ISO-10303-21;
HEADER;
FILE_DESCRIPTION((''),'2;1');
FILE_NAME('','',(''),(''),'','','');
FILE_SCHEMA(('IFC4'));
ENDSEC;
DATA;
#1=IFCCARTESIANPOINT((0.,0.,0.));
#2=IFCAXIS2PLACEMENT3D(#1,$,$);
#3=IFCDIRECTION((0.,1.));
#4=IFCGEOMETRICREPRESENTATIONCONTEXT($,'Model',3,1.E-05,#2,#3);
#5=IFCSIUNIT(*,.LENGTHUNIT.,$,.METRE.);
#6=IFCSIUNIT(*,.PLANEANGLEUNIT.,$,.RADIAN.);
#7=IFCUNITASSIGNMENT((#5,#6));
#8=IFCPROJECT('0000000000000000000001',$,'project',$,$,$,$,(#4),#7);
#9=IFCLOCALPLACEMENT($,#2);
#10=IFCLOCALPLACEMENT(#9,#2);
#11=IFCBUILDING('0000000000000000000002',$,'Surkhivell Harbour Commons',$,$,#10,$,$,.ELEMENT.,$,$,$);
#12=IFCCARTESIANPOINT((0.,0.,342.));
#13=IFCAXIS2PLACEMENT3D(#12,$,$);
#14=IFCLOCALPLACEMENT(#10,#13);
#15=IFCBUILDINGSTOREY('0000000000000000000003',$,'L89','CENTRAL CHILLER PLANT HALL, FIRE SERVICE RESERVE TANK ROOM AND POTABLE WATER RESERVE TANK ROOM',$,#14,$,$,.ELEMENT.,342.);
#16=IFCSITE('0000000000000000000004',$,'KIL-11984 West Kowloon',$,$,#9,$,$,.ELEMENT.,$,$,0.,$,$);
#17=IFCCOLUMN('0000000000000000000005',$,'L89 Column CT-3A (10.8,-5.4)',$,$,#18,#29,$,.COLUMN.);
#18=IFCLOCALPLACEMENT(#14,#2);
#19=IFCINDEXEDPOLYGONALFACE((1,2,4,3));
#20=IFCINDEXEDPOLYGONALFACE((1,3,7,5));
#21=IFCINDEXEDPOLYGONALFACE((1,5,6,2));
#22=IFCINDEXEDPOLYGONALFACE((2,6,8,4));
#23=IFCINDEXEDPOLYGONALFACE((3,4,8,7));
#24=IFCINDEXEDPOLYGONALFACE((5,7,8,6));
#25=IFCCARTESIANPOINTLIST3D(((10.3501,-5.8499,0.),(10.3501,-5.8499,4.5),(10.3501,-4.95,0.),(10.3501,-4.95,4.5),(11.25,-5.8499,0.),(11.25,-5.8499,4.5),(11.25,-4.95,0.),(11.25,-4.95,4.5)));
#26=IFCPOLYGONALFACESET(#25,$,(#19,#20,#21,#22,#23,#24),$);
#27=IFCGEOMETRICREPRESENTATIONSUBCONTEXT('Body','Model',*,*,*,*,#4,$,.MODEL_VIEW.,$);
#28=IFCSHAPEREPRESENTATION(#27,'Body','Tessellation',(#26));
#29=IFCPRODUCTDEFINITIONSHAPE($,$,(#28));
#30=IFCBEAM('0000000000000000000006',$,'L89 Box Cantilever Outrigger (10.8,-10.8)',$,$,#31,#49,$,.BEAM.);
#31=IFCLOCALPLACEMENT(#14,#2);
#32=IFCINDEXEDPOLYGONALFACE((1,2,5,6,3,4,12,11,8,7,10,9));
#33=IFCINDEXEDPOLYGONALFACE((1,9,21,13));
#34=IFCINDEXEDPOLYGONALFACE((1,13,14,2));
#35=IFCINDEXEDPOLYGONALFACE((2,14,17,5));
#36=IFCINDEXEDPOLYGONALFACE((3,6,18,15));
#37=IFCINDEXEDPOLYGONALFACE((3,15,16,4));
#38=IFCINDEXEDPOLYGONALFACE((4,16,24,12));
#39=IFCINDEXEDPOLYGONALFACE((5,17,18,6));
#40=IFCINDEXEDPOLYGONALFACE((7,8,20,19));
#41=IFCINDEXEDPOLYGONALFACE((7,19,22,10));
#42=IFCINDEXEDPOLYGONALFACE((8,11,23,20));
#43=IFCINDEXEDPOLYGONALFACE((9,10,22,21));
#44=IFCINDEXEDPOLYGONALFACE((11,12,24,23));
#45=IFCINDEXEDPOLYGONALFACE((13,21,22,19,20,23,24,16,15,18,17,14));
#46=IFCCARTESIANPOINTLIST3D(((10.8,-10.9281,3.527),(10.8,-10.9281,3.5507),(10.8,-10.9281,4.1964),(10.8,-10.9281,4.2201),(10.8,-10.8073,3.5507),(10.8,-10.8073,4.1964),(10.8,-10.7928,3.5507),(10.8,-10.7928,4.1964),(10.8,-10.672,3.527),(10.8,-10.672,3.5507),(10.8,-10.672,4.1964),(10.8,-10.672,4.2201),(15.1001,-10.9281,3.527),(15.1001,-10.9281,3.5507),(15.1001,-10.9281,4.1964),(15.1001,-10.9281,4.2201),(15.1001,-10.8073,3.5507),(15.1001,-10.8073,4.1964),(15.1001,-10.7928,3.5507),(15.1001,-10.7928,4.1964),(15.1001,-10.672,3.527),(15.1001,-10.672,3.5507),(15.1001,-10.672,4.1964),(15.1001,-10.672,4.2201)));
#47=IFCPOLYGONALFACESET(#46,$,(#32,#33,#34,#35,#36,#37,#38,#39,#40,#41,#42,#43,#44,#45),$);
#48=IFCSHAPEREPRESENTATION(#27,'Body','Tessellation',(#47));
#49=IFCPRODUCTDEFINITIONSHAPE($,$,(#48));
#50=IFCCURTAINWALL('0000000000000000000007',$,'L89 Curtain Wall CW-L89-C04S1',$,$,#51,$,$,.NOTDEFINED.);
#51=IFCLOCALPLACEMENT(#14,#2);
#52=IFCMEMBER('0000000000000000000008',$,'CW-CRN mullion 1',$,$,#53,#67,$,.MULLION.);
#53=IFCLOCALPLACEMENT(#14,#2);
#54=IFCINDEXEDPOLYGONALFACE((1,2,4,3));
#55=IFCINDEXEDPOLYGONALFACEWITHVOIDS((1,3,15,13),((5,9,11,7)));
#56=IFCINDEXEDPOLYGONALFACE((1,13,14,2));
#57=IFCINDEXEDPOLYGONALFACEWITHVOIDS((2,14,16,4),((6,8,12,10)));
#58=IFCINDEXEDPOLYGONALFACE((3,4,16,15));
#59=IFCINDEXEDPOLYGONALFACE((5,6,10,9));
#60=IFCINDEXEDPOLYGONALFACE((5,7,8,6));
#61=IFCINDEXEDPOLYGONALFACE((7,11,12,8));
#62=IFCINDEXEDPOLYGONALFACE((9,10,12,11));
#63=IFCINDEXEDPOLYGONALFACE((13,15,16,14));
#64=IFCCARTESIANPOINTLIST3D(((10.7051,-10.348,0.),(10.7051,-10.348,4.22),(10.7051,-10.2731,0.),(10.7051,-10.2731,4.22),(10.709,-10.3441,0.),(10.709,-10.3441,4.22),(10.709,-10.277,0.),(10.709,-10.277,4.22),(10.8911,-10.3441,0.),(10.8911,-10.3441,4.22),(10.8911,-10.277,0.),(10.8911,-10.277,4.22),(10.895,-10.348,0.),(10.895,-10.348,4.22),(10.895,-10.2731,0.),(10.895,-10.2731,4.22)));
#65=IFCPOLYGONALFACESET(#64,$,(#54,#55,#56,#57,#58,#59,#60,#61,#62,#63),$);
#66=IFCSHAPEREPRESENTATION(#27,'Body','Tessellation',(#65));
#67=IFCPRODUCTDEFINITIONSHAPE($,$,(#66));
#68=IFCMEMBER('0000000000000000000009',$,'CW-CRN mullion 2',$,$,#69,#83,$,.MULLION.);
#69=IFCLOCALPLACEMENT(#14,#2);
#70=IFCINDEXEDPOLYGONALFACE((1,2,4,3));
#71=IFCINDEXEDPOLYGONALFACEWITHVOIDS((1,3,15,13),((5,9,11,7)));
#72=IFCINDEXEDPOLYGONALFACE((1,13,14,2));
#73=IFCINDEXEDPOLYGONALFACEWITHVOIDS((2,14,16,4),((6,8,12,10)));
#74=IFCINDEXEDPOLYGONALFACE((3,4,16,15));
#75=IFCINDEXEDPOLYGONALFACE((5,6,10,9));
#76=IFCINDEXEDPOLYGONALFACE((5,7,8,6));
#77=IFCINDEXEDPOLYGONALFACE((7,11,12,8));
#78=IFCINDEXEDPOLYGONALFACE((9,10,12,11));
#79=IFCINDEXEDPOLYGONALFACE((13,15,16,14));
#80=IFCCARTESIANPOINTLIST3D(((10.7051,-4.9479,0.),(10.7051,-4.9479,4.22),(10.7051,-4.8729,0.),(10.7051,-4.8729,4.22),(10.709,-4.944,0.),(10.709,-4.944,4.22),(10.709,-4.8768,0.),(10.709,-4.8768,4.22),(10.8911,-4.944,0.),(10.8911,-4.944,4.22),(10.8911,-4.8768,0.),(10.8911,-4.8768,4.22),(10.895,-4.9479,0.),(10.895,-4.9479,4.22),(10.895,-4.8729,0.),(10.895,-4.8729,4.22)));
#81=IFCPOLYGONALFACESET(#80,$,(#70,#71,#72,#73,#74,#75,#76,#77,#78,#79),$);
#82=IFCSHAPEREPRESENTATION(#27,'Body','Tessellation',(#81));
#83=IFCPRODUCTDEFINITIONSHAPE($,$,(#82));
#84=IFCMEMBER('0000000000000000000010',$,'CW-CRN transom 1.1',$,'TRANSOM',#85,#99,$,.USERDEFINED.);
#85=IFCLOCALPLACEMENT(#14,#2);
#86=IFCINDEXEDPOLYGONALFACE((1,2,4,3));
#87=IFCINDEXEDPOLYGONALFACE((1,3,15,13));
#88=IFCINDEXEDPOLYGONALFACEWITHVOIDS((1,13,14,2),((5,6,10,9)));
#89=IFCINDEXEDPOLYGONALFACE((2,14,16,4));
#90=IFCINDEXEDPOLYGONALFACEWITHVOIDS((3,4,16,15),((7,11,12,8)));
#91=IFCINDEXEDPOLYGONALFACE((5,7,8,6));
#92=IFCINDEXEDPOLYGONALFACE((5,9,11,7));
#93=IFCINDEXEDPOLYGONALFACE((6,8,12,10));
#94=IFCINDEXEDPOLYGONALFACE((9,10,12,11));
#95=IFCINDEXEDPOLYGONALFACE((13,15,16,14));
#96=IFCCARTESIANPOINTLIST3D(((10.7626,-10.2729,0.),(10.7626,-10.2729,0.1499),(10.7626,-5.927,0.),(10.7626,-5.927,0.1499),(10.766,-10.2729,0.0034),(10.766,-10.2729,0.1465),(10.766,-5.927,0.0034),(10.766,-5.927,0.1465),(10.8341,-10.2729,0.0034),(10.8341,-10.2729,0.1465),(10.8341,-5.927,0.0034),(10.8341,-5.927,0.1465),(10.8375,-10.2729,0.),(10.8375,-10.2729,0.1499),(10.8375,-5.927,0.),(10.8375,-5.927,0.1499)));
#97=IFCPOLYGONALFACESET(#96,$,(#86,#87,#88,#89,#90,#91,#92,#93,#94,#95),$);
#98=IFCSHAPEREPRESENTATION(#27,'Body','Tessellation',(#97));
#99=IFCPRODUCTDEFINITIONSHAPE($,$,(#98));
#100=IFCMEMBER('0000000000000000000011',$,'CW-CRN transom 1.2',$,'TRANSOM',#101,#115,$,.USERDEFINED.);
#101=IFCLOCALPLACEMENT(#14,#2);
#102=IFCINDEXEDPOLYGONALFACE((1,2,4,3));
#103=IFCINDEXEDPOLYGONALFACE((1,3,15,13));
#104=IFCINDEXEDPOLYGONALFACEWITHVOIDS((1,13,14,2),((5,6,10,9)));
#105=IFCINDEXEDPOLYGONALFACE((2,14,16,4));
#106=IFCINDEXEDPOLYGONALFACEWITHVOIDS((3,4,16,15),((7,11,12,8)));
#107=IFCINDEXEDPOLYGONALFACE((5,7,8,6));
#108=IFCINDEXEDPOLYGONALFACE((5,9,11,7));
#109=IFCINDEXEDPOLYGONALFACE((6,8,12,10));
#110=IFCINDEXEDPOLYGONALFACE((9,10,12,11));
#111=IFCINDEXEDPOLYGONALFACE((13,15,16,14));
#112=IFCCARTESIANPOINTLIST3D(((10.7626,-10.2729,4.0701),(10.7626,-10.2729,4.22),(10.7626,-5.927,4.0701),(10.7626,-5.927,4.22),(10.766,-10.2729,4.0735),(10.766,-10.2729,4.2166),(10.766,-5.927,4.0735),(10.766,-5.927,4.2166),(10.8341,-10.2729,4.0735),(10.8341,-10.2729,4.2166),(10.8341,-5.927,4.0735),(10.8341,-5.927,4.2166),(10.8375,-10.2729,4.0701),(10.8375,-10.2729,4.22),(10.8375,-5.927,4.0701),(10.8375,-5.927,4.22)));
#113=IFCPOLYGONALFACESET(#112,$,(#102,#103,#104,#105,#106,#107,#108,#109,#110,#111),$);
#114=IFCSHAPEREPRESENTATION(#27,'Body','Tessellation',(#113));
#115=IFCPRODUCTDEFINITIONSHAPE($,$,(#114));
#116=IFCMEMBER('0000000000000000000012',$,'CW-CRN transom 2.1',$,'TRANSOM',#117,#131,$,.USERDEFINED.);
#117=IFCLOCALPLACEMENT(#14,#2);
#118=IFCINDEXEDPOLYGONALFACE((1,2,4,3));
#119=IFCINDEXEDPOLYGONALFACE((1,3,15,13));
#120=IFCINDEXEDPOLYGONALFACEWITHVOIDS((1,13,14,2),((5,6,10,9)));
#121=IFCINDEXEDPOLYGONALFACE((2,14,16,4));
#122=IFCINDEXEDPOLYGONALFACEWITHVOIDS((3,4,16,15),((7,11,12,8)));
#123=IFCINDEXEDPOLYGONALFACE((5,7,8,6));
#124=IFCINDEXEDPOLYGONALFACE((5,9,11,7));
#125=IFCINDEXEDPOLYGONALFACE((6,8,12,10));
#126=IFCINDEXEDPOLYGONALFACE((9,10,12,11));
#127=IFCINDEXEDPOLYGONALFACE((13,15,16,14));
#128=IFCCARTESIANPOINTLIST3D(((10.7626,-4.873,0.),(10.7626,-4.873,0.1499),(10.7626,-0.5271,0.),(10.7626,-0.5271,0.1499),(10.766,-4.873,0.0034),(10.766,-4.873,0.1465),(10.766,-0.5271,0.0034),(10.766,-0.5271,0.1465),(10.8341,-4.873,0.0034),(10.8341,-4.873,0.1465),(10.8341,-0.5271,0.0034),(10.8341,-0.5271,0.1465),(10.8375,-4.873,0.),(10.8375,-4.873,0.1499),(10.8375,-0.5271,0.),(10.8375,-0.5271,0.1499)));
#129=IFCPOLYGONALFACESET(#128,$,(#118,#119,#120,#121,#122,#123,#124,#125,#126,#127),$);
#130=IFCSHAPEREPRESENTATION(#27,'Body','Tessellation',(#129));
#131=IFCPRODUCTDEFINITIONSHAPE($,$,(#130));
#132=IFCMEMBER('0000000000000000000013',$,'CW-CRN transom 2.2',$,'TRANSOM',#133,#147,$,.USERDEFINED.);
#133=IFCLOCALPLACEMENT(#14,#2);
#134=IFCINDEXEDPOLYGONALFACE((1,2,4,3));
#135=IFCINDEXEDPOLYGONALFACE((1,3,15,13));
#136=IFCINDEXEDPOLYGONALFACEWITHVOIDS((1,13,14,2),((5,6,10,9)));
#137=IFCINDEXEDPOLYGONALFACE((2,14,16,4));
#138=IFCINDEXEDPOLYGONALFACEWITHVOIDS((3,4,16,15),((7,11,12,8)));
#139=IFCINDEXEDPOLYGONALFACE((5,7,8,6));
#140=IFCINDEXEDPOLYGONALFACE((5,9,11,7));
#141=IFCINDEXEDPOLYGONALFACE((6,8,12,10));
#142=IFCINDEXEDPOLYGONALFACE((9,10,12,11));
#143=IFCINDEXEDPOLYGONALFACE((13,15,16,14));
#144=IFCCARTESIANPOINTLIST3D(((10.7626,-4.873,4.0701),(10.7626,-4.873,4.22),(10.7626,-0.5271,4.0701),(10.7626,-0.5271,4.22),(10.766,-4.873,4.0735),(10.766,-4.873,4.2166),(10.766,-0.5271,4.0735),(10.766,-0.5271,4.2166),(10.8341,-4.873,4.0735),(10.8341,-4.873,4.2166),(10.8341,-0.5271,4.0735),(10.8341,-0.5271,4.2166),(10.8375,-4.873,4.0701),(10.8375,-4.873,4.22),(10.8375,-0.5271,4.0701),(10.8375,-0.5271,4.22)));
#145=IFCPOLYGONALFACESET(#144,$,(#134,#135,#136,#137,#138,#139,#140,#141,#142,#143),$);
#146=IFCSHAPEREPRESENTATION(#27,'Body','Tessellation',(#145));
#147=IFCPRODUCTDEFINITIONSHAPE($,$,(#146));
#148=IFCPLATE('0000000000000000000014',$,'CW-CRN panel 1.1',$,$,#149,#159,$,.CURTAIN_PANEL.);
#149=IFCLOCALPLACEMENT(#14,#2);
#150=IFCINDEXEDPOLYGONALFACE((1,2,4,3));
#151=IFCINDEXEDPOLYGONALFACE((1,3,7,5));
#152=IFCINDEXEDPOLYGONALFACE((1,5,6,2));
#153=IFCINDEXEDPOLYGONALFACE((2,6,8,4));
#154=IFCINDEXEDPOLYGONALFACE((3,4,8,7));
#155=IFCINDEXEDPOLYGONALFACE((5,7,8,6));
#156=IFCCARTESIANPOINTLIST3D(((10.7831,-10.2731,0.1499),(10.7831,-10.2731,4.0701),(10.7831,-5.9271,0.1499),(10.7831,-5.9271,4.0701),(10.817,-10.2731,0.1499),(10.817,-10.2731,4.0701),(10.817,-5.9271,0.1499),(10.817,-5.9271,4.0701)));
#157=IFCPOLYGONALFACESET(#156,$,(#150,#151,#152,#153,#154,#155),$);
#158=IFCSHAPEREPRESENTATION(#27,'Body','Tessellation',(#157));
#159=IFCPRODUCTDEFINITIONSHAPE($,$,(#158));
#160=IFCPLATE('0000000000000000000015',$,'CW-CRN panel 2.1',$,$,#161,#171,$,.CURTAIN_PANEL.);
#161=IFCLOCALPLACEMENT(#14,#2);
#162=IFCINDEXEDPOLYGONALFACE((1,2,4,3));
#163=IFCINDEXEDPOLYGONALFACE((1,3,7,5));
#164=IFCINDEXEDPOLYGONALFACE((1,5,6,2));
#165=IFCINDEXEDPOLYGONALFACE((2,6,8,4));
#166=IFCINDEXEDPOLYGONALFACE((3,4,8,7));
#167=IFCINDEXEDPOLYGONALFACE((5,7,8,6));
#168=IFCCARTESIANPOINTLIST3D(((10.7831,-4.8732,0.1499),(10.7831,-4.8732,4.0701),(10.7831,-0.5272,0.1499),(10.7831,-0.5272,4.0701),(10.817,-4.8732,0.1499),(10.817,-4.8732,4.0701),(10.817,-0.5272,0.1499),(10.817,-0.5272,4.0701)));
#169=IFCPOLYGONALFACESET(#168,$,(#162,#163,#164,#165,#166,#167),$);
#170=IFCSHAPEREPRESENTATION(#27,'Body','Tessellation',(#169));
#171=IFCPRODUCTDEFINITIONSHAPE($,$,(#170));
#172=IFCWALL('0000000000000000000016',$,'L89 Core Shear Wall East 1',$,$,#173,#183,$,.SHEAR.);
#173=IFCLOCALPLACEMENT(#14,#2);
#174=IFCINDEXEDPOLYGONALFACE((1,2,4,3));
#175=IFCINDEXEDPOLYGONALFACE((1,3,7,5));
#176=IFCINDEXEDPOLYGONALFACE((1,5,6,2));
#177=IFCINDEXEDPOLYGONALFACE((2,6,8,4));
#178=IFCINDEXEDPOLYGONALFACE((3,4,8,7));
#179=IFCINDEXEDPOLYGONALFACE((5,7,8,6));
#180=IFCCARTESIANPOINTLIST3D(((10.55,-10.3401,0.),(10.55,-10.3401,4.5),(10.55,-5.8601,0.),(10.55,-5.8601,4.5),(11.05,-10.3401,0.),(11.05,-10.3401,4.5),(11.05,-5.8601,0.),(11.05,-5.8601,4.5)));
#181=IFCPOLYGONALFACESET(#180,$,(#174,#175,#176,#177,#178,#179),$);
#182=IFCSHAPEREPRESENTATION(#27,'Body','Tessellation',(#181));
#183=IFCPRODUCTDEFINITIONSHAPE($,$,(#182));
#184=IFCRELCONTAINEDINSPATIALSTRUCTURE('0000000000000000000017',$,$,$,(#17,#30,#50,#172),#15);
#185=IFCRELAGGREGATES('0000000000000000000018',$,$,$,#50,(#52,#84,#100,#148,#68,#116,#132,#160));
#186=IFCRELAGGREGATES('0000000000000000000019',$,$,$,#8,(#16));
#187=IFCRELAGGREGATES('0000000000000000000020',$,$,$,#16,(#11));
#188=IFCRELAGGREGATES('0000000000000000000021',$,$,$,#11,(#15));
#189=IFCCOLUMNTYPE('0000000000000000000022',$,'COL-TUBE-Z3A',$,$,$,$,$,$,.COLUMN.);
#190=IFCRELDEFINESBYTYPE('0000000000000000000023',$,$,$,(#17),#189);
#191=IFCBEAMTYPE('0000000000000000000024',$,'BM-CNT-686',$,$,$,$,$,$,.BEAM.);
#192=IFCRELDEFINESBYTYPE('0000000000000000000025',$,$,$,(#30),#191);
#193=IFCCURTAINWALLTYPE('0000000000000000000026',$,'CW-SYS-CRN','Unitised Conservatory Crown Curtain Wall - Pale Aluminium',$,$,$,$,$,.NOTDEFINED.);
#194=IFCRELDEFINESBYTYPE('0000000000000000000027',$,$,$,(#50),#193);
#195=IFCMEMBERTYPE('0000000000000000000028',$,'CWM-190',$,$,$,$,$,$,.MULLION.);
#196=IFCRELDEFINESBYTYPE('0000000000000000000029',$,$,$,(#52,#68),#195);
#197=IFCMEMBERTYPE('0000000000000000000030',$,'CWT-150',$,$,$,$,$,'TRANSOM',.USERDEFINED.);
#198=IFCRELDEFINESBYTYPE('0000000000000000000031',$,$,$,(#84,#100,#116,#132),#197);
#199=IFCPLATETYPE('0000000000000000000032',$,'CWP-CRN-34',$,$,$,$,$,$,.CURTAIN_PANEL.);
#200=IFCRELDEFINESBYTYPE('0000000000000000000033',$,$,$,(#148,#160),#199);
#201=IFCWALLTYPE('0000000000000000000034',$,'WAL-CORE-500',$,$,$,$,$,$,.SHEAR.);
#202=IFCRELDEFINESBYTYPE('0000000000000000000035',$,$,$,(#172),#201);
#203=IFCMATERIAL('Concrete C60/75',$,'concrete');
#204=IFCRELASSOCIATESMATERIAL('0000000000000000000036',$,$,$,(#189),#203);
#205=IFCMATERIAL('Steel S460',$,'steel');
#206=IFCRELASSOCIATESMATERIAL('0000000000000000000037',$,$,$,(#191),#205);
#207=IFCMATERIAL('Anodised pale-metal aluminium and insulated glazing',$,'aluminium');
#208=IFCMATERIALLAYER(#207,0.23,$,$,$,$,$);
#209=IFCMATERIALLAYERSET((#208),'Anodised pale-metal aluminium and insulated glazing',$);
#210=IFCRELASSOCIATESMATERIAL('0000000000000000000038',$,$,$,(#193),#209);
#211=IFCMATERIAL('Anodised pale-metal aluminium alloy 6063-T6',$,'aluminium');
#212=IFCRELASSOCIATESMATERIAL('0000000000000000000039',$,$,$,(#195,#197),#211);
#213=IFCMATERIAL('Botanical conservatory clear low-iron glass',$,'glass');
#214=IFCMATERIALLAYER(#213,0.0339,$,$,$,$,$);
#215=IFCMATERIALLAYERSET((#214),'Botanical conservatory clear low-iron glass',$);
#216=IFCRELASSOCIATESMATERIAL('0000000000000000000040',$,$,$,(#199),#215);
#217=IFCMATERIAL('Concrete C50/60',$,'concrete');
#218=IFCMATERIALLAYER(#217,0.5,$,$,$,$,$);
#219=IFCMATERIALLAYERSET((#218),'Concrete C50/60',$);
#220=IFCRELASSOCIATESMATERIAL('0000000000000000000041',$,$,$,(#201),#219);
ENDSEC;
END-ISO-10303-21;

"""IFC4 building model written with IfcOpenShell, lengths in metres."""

from ifc_helpers import new_model, si_unit, direction, frame, frame_2d, origin, origin_2d, place, context, subcontext, project, spatial, rectangle, hollow_rectangle, i_section, extrude, material, layer, layer_set, material_profile, profile_set, type_object, element, aggregate, save


model = new_model("IFC4")

# Units and contexts
model_context = context("Model", 3, precision=1e-05, world=origin(), true_north=direction((0.0, 1.0)))
body_context = subcontext(model_context, "Body", "Model", "MODEL_VIEW")
ifc_project = project(units=[si_unit("LENGTHUNIT", "METRE"), si_unit("PLANEANGLEUNIT", "RADIAN")], contexts=[model_context])

# Site, building, storey
site_placement = place(None, origin())
site = spatial("IfcSite", under=ifc_project, at=site_placement, Name="KIL-11984 West Kowloon", CompositionType="ELEMENT", RefElevation=0.0)
building_placement = place(site_placement, origin())
building = spatial("IfcBuilding", under=site, at=building_placement, Name="Surkhivell Harbour Commons", CompositionType="ELEMENT")
storey_placement = place(building_placement, frame((0.0, 0.0, 342.0)))
storey = spatial("IfcBuildingStorey", under=building, at=storey_placement, Name="L89", Description="CENTRAL CHILLER PLANT HALL, FIRE SERVICE RESERVE TANK ROOM AND POTABLE WATER RESERVE TANK ROOM", CompositionType="ELEMENT", Elevation=342.0)

# Column
ifc_material_1 = material(Name="Concrete C60/75", Category="concrete")
ifc_material_profile_1 = material_profile(ifc_material_1, rectangle(XDim=0.8999, YDim=0.8999, at=origin_2d()), Name="RC-COL-900x900")
ifc_profile_set_1 = profile_set([ifc_material_profile_1], Name="Concrete C60/75")
column_type = type_object("IfcColumnType", Name="COL-TUBE-Z3A", PredefinedType="COLUMN", material=ifc_profile_set_1)
column_placement = place(storey_placement, frame((10.8, -5.3999, 0.0), z_axis=(0.0, 0.0, 1.0), x_axis=(1.0, 0.0, 0.0)))
element("IfcColumn", 1, at=column_placement, inside=storey, type_object=column_type, Name="L89 Column CT-3A (10.8,-5.4)", PredefinedType="COLUMN", context=body_context, shape_type="SweptSolid", body=[
    extrude(rectangle(XDim=0.8999, YDim=0.8999, at=origin_2d()), origin(), (0.0, 0.0, 1.0), 4.5),
])

# Beam
ifc_material_2 = material(Name="Steel S460", Category="steel")
ifc_material_profile_2 = material_profile(ifc_material_2, i_section(OverallWidth=0.2561, OverallDepth=0.6931, WebThickness=0.0144, FlangeThickness=0.0237, at=origin_2d()), Name="UB686x254x170")
ifc_profile_set_2 = profile_set([ifc_material_profile_2], Name="Steel S460")
beam_type = type_object("IfcBeamType", Name="BM-CNT-686", PredefinedType="BEAM", material=ifc_profile_set_2)
beam_placement = place(storey_placement, frame((10.8, -10.8, 3.8735), z_axis=(1.0, 0.0, 0.0), x_axis=(0.0, 1.0, 0.0)))
element("IfcBeam", 2, at=beam_placement, inside=storey, type_object=beam_type, Name="L89 Box Cantilever Outrigger (10.8,-10.8)", PredefinedType="BEAM", context=body_context, shape_type="SweptSolid", body=[
    extrude(i_section(OverallWidth=0.2561, OverallDepth=0.6931, WebThickness=0.0144, FlangeThickness=0.0237, at=origin_2d()), origin(), (0.0, 0.0, 1.0), 4.3),
])

# Curtain wall, members, plates
ifc_material_3 = material(Name="Anodised pale-metal aluminium and insulated glazing", Category="aluminium")
ifc_layer_1 = layer(ifc_material_3, 0.23)
ifc_layer_set_1 = layer_set([ifc_layer_1], Name="Anodised pale-metal aluminium and insulated glazing")
curtain_wall_type = type_object("IfcCurtainWallType", Name="CW-SYS-CRN", Description="Unitised Conservatory Crown Curtain Wall - Pale Aluminium", PredefinedType="NOTDEFINED", material=ifc_layer_set_1)
curtain_wall_placement = place(storey_placement, origin())
curtain_wall = element("IfcCurtainWall", 3, at=curtain_wall_placement, inside=storey, type_object=curtain_wall_type, Name="L89 Curtain Wall CW-L89-C04S1", PredefinedType="NOTDEFINED")
ifc_material_4 = material(Name="Anodised pale-metal aluminium alloy 6063-T6", Category="aluminium")
ifc_material_profile_3 = material_profile(ifc_material_4, hollow_rectangle(XDim=0.075, YDim=0.1899, WallThickness=0.0039, at=origin_2d()), Name="ALU-MULL-75x190")
ifc_profile_set_3 = profile_set([ifc_material_profile_3], Name="Anodised pale-metal aluminium alloy 6063-T6")
member_type_1 = type_object("IfcMemberType", Name="CWM-190", PredefinedType="MULLION", material=ifc_profile_set_3)
member_1_placement = place(storey_placement, frame((10.8, -10.3105, 0.0), z_axis=(0.0, 0.0, 1.0), x_axis=(0.0, 1.0, 0.0)))
member_1 = element("IfcMember", 4, at=member_1_placement, type_object=member_type_1, Name="CW-CRN mullion 1", PredefinedType="MULLION", context=body_context, shape_type="SweptSolid", body=[
    extrude(hollow_rectangle(XDim=0.075, YDim=0.1899, WallThickness=0.0039, at=origin_2d()), origin(), (0.0, 0.0, 1.0), 4.22),
])
member_2_placement = place(storey_placement, frame((10.8, -4.9104, 0.0), z_axis=(0.0, 0.0, 1.0), x_axis=(0.0, 1.0, 0.0)))
member_2 = element("IfcMember", 5, at=member_2_placement, type_object=member_type_1, Name="CW-CRN mullion 2", PredefinedType="MULLION", context=body_context, shape_type="SweptSolid", body=[
    extrude(hollow_rectangle(XDim=0.075, YDim=0.1899, WallThickness=0.0039, at=origin_2d()), origin(), (0.0, 0.0, 1.0), 4.22),
])
ifc_material_profile_4 = material_profile(ifc_material_4, hollow_rectangle(XDim=0.075, YDim=0.1499, WallThickness=0.0034, at=origin_2d()), Name="ALU-TRAN-75x150")
ifc_profile_set_4 = profile_set([ifc_material_profile_4], Name="Anodised pale-metal aluminium alloy 6063-T6")
member_type_2 = type_object("IfcMemberType", Name="CWT-150", ElementType="TRANSOM", PredefinedType="USERDEFINED", material=ifc_profile_set_4)
member_3_placement = place(storey_placement, frame((10.8, -10.2729, 0.075), z_axis=(0.0, 1.0, 0.0), x_axis=(-1.0, 0.0, 0.0)))
member_3 = element("IfcMember", 6, at=member_3_placement, type_object=member_type_2, Name="CW-CRN transom 1.1", ObjectType="TRANSOM", PredefinedType="USERDEFINED", context=body_context, shape_type="SweptSolid", body=[
    extrude(hollow_rectangle(XDim=0.075, YDim=0.1499, WallThickness=0.0034, at=origin_2d()), origin(), (0.0, 0.0, 1.0), 4.3459),
])
member_4_placement = place(storey_placement, frame((10.8, -10.2729, 4.145), z_axis=(0.0, 1.0, 0.0), x_axis=(-1.0, 0.0, 0.0)))
member_4 = element("IfcMember", 7, at=member_4_placement, type_object=member_type_2, Name="CW-CRN transom 1.2", ObjectType="TRANSOM", PredefinedType="USERDEFINED", context=body_context, shape_type="SweptSolid", body=[
    extrude(hollow_rectangle(XDim=0.075, YDim=0.1499, WallThickness=0.0034, at=origin_2d()), origin(), (0.0, 0.0, 1.0), 4.3459),
])
member_5_placement = place(storey_placement, frame((10.8, -4.873, 0.075), z_axis=(0.0, 1.0, 0.0), x_axis=(-1.0, 0.0, 0.0)))
member_5 = element("IfcMember", 8, at=member_5_placement, type_object=member_type_2, Name="CW-CRN transom 2.1", ObjectType="TRANSOM", PredefinedType="USERDEFINED", context=body_context, shape_type="SweptSolid", body=[
    extrude(hollow_rectangle(XDim=0.075, YDim=0.1499, WallThickness=0.0034, at=origin_2d()), origin(), (0.0, 0.0, 1.0), 4.3459),
])
member_6_placement = place(storey_placement, frame((10.8, -4.873, 4.145), z_axis=(0.0, 1.0, 0.0), x_axis=(-1.0, 0.0, 0.0)))
member_6 = element("IfcMember", 9, at=member_6_placement, type_object=member_type_2, Name="CW-CRN transom 2.2", ObjectType="TRANSOM", PredefinedType="USERDEFINED", context=body_context, shape_type="SweptSolid", body=[
    extrude(hollow_rectangle(XDim=0.075, YDim=0.1499, WallThickness=0.0034, at=origin_2d()), origin(), (0.0, 0.0, 1.0), 4.3459),
])
ifc_material_5 = material(Name="Botanical conservatory clear low-iron glass", Category="glass")
ifc_layer_2 = layer(ifc_material_5, 0.0339)
ifc_layer_set_2 = layer_set([ifc_layer_2], Name="Botanical conservatory clear low-iron glass")
plate_type = type_object("IfcPlateType", Name="CWP-CRN-34", PredefinedType="CURTAIN_PANEL", material=ifc_layer_set_2)
plate_1_placement = place(storey_placement, frame((10.8, -10.2729, 0.1499), z_axis=(0.0, 0.0, 1.0), x_axis=(0.0, 1.0, 0.0)))
plate_1 = element("IfcPlate", 10, at=plate_1_placement, type_object=plate_type, Name="CW-CRN panel 1.1", PredefinedType="CURTAIN_PANEL", context=body_context, shape_type="SweptSolid", body=[
    extrude(rectangle(XDim=4.3459, YDim=0.0339, at=frame_2d((2.1729, 0.0))), origin(), (0.0, 0.0, 1.0), 3.9202),
])
plate_2_placement = place(storey_placement, frame((10.8, -4.873, 0.1499), z_axis=(0.0, 0.0, 1.0), x_axis=(0.0, 1.0, 0.0)))
plate_2 = element("IfcPlate", 11, at=plate_2_placement, type_object=plate_type, Name="CW-CRN panel 2.1", PredefinedType="CURTAIN_PANEL", context=body_context, shape_type="SweptSolid", body=[
    extrude(rectangle(XDim=4.3459, YDim=0.0339, at=frame_2d((2.1729, 0.0))), origin(), (0.0, 0.0, 1.0), 3.9202),
])
aggregate(curtain_wall, [member_1, member_3, member_4, plate_1, member_2, member_5, member_6, plate_2])

# Wall
ifc_material_6 = material(Name="Concrete C50/60", Category="concrete")
ifc_layer_3 = layer(ifc_material_6, 0.5)
ifc_layer_set_3 = layer_set([ifc_layer_3], Name="Concrete C50/60")
wall_type_1 = type_object("IfcWallType", Name="WAL-CORE-500", PredefinedType="SHEAR", material=ifc_layer_set_3)
for number, where, z_axis, x_axis, name in (
    (12, (10.8, -10.3401, 0.0), (0.0, 0.0, 1.0), (0.0, 1.0, 0.0), "L89 Core Shear Wall East 1"),
):
    element("IfcWall", number, at=place(storey_placement, frame(where, z_axis=z_axis, x_axis=x_axis)), inside=storey, type_object=wall_type_1, Name=name, PredefinedType="SHEAR", context=body_context, shape_type="SweptSolid", body=[
        extrude(rectangle(XDim=4.48, YDim=0.5, at=frame_2d((2.24, 0.0))), origin(), (0.0, 0.0, 1.0), 4.5),
    ])

save(model, "model.ifc")
